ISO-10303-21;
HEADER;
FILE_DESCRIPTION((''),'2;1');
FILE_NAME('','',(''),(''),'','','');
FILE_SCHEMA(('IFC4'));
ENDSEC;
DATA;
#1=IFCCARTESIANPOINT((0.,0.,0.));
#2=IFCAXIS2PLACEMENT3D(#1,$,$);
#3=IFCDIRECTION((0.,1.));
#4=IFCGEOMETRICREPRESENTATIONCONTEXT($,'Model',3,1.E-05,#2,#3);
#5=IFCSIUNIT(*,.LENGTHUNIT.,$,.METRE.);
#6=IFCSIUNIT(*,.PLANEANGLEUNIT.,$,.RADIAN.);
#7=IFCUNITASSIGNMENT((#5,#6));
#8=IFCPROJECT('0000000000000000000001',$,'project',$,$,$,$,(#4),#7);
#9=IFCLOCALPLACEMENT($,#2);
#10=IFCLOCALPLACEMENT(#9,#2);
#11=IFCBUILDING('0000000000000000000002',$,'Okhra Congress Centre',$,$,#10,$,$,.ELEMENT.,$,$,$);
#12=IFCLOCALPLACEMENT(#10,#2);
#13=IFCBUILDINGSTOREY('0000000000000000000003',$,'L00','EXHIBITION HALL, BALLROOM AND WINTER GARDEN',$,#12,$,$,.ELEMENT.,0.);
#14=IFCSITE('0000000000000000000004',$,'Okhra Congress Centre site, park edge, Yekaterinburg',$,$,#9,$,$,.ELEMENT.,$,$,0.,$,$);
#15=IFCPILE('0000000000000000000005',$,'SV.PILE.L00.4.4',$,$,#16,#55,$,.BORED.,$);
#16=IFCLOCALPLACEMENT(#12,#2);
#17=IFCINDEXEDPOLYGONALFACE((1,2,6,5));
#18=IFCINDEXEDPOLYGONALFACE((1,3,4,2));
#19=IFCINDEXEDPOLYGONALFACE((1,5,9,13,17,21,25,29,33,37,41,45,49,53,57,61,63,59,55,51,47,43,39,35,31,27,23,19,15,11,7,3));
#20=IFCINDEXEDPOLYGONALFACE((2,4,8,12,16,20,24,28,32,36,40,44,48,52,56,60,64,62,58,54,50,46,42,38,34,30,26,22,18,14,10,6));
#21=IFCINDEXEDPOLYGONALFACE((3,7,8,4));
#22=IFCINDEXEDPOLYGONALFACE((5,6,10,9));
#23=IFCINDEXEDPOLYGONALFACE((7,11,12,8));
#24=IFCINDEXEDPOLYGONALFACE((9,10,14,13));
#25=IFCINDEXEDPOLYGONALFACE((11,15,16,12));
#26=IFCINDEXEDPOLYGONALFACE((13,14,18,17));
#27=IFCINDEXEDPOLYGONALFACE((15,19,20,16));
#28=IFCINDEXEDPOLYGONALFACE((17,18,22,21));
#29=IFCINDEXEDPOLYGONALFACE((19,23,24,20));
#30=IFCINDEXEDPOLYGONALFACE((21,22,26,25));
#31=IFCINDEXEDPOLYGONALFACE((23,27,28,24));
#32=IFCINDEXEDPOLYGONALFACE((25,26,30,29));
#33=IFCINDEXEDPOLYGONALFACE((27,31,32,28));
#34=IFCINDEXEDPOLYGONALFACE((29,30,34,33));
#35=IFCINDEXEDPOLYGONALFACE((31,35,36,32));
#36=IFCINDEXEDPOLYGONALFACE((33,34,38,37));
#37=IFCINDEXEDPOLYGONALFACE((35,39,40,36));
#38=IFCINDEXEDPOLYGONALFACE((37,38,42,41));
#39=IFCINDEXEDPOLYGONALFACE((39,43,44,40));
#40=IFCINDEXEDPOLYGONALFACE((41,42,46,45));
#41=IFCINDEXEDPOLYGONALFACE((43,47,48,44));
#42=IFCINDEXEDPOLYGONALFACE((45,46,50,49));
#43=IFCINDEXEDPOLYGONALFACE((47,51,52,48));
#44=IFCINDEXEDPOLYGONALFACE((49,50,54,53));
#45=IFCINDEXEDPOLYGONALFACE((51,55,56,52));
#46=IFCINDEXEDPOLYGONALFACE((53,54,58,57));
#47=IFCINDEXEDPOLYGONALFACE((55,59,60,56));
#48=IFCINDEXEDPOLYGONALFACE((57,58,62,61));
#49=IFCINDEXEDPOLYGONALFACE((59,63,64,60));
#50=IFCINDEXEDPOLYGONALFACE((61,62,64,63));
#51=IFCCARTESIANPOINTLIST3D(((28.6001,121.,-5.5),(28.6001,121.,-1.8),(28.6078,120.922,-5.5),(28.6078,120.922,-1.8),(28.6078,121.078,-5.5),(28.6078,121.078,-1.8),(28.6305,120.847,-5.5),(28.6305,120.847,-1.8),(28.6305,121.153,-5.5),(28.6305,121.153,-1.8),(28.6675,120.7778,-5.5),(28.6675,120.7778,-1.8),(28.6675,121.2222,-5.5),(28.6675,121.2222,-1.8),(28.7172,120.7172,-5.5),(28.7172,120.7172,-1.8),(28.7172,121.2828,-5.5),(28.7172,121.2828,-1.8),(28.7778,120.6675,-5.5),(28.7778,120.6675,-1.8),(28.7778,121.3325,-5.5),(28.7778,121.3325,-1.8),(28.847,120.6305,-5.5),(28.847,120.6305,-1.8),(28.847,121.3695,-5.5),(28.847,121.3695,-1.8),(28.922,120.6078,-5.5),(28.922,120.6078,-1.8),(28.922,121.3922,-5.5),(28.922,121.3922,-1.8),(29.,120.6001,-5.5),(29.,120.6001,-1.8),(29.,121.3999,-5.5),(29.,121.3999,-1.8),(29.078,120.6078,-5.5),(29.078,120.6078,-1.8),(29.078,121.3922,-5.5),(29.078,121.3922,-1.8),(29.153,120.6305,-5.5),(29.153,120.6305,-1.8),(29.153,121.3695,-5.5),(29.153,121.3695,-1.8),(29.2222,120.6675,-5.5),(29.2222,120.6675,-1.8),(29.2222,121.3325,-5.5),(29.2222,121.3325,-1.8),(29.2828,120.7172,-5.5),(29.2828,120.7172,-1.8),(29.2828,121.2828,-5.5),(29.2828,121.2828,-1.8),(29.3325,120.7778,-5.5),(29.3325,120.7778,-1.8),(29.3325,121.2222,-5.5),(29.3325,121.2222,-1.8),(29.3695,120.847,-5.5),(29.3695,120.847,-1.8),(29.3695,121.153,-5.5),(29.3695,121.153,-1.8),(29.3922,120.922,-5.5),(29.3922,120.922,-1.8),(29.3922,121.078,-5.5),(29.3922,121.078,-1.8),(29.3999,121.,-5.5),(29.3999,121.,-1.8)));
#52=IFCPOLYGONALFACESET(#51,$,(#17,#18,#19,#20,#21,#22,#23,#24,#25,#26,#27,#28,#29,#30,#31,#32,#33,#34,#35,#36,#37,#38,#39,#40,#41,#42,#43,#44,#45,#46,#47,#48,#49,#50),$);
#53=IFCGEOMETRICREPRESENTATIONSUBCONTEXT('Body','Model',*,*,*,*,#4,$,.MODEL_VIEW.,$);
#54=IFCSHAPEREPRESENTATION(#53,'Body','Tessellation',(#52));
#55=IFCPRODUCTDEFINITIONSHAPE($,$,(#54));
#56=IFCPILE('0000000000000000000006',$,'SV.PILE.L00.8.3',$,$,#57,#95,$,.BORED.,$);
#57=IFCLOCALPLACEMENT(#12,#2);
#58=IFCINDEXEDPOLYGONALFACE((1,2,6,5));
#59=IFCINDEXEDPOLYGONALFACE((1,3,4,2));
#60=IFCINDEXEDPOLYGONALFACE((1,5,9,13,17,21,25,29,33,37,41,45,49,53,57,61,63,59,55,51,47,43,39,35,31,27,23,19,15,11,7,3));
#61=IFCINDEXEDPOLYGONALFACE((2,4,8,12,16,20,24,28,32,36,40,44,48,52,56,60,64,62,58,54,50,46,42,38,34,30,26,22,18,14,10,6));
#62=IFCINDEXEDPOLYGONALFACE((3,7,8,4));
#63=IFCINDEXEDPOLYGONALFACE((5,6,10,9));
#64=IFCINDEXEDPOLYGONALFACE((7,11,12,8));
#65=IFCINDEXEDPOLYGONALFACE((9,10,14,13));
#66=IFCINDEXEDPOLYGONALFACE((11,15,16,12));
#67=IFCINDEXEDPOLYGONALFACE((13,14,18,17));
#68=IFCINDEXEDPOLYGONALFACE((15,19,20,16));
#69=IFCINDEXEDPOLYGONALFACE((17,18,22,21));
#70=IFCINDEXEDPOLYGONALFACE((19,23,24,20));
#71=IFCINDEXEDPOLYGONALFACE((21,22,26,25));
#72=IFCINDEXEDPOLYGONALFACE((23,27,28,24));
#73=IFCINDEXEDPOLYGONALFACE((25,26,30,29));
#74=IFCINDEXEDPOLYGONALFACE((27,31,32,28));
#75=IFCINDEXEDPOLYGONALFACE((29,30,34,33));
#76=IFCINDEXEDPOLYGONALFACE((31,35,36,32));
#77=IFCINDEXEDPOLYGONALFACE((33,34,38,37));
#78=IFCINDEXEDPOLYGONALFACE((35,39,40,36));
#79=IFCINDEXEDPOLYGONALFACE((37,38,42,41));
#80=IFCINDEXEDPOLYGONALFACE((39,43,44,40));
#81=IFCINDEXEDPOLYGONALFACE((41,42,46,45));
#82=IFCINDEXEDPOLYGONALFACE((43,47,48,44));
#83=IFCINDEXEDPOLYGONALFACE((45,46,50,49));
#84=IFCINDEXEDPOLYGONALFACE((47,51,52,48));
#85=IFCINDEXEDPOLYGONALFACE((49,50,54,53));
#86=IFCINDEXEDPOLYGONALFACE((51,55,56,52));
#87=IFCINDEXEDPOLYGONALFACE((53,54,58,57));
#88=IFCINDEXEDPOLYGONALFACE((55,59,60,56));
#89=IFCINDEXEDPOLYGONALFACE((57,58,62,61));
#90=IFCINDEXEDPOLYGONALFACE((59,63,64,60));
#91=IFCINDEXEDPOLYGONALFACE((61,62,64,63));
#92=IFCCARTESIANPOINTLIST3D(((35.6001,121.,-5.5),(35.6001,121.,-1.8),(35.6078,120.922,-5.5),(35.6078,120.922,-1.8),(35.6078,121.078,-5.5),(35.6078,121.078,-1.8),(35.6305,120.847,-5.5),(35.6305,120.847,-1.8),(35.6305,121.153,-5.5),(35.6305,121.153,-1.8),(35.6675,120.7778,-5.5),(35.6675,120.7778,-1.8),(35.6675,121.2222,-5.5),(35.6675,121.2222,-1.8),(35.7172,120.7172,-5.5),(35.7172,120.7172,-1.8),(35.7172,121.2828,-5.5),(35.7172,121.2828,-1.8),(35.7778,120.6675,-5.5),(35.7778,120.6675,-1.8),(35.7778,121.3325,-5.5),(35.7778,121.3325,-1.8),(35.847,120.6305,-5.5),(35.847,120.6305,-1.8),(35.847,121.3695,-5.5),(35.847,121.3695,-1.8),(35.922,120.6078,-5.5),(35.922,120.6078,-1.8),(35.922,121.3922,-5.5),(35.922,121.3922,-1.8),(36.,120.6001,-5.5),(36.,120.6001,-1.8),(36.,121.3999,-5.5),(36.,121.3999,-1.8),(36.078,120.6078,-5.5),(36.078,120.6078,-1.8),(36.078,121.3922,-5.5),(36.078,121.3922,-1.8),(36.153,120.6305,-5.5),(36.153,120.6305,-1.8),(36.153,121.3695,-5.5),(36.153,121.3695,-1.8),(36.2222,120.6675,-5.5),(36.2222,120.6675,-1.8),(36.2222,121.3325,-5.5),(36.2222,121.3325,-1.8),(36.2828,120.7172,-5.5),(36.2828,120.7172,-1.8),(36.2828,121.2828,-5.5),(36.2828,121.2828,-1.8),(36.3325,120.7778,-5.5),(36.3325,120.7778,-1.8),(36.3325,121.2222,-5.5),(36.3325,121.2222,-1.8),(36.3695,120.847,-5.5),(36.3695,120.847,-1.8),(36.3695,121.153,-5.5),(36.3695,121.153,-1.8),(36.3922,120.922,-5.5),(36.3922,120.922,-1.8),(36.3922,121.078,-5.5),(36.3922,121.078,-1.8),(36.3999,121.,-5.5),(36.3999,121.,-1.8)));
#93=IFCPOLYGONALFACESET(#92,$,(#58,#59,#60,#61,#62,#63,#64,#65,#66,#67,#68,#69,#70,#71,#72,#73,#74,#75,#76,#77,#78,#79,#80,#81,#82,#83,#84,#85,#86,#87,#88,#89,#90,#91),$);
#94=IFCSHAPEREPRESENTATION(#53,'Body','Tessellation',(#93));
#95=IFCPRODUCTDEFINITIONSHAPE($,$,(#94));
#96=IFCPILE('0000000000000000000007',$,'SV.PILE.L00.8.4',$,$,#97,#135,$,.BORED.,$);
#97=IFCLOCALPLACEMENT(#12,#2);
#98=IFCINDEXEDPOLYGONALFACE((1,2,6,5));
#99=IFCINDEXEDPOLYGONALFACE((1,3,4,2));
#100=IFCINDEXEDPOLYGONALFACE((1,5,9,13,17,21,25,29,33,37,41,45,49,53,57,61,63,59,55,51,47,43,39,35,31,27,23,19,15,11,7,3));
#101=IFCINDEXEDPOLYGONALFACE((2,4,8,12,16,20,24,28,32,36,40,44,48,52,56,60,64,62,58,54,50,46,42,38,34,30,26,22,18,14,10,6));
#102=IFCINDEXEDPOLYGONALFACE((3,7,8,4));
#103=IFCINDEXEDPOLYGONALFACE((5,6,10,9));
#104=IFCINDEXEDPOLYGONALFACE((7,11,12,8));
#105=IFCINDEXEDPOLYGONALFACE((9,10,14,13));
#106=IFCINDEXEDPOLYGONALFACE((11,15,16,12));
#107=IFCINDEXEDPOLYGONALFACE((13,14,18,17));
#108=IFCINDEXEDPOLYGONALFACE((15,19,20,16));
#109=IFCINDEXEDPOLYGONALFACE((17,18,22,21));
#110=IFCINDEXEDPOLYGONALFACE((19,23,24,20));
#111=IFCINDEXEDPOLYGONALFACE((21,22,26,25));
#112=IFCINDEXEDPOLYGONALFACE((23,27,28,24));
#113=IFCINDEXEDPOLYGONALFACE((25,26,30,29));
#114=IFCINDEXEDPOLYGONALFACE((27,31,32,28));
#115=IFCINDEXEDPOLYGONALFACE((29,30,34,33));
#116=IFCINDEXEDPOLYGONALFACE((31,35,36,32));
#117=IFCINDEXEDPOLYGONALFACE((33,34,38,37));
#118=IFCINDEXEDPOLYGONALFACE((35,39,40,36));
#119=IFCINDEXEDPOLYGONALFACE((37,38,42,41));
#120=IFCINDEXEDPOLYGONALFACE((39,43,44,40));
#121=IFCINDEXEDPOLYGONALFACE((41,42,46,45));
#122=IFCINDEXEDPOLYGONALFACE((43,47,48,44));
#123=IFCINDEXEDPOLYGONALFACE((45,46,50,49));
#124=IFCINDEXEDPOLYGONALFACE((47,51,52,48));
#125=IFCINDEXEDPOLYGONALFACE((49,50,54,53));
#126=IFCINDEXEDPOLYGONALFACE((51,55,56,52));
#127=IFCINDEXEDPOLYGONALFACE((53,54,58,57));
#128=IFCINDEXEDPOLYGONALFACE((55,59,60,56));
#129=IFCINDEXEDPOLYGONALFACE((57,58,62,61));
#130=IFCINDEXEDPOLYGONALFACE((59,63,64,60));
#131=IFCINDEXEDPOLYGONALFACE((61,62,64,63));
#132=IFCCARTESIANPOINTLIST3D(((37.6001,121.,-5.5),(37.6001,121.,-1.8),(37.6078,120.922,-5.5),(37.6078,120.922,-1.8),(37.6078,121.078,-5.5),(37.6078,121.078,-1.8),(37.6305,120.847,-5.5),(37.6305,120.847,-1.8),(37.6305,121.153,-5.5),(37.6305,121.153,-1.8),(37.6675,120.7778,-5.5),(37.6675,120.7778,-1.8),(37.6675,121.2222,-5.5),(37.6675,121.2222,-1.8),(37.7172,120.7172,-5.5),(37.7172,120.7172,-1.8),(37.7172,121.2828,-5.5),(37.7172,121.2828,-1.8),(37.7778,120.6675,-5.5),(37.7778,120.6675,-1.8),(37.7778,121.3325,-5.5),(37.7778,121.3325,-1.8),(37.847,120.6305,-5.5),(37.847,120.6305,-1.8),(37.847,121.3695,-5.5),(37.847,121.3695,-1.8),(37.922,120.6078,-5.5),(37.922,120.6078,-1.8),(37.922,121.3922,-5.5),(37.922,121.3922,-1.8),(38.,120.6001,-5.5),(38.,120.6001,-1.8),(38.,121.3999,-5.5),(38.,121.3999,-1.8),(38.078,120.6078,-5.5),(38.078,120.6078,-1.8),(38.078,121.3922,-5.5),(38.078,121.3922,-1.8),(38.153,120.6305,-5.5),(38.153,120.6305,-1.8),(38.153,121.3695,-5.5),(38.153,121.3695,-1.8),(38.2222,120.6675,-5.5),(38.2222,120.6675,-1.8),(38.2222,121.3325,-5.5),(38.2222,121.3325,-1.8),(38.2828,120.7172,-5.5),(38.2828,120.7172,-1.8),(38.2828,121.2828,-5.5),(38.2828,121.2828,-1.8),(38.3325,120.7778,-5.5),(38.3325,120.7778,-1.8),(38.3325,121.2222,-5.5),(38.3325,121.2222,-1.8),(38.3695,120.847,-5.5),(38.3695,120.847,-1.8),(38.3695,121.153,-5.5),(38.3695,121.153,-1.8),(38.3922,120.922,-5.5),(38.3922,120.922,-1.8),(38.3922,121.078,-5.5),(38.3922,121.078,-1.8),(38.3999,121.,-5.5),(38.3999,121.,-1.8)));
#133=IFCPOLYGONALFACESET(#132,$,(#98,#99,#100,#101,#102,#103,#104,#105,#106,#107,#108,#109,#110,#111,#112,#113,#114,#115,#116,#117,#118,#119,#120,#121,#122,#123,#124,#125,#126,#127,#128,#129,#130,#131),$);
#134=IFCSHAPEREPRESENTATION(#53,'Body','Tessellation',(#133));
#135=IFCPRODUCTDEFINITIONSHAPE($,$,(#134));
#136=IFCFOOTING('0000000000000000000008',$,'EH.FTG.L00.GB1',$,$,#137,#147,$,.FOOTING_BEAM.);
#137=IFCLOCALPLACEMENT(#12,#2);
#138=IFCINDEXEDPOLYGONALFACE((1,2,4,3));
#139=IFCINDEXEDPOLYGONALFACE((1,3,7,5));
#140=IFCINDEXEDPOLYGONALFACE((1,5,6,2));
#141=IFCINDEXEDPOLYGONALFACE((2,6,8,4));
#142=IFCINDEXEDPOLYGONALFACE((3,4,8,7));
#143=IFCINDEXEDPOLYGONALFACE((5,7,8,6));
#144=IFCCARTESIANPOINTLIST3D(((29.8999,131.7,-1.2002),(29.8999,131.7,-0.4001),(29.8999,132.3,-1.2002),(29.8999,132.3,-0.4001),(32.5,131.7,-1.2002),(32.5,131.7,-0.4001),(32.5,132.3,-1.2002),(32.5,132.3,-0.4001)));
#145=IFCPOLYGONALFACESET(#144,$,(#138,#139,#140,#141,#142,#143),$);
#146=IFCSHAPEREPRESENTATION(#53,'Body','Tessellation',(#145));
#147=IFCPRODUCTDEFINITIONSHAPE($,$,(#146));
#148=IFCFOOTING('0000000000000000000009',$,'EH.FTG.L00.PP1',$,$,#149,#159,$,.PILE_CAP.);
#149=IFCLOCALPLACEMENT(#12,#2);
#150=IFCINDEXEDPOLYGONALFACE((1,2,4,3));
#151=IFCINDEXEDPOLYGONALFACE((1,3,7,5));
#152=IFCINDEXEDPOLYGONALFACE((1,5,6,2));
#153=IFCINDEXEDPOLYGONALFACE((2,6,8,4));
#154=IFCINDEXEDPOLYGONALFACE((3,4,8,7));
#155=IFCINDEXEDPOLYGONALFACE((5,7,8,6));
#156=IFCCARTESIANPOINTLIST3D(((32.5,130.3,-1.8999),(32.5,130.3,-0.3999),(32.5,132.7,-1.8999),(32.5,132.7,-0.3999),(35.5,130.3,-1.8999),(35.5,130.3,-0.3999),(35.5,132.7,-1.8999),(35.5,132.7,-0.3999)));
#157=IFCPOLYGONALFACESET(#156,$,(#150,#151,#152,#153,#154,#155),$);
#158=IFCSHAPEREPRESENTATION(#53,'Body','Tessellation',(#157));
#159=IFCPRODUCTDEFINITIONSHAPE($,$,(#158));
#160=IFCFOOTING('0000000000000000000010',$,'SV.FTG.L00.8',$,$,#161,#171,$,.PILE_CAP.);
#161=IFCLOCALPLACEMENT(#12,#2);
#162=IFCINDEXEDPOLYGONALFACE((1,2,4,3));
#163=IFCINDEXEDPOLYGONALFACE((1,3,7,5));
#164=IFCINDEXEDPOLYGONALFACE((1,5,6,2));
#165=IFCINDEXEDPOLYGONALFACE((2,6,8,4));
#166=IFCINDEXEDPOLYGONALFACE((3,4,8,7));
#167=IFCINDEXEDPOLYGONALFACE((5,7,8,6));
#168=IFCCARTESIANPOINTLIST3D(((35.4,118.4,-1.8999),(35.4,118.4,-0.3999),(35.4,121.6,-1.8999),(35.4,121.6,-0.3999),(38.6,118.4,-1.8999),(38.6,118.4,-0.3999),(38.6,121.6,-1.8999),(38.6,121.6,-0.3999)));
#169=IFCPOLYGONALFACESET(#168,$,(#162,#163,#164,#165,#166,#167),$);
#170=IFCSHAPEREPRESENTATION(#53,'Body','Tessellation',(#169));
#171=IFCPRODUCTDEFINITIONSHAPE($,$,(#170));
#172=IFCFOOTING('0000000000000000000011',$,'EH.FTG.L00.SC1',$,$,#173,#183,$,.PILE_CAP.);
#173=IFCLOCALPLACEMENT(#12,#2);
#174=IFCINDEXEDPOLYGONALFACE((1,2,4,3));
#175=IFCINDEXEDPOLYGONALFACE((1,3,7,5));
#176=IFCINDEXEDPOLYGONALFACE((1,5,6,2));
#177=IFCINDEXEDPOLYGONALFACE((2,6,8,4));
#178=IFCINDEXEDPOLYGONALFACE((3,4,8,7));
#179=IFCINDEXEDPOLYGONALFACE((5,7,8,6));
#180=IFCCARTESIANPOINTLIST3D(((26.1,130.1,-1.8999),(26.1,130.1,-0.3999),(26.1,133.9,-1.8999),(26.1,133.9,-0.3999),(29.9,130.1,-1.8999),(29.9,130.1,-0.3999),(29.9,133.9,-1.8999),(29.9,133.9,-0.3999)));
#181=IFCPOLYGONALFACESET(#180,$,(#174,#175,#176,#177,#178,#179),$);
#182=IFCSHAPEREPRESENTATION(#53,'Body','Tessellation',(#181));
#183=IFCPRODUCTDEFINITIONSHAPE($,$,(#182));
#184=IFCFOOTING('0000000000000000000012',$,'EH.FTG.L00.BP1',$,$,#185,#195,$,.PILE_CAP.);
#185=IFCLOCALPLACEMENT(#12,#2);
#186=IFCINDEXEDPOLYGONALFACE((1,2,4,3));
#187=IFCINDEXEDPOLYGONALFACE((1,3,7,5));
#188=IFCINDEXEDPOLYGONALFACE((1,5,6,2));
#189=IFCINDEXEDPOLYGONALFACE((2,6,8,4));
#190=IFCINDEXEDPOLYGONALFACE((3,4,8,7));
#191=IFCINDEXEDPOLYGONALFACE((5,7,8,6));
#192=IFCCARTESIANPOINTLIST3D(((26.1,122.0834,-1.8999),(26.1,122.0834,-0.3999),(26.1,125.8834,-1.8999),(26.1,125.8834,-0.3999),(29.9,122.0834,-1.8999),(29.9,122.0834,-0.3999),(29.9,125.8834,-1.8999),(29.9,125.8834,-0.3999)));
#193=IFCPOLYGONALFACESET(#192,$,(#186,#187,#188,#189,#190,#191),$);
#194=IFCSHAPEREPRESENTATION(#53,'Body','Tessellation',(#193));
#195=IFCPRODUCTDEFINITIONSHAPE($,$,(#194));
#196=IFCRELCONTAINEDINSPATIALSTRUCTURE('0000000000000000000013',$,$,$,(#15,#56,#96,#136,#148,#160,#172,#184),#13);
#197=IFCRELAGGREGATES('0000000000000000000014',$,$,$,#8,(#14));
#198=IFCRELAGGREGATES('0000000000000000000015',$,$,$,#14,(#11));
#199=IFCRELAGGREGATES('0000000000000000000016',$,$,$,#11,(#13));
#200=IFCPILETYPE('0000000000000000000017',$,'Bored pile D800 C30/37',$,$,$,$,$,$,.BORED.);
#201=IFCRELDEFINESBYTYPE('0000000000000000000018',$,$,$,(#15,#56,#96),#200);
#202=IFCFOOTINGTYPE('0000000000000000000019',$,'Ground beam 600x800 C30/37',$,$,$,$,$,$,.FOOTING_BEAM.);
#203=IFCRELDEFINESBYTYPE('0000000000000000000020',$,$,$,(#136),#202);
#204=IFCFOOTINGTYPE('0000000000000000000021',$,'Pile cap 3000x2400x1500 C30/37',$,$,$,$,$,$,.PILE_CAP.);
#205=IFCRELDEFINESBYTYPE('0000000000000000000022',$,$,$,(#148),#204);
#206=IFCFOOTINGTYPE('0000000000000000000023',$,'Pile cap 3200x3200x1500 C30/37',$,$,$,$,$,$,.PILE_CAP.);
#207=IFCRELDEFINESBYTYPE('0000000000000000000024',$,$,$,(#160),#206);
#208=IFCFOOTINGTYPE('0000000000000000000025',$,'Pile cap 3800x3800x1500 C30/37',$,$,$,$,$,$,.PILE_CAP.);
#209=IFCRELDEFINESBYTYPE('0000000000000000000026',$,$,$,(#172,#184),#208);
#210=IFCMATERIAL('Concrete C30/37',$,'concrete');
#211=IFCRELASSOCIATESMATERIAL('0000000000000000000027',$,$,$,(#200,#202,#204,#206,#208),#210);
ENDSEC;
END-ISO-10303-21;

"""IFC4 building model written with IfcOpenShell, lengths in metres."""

from ifc_helpers import new_model, si_unit, direction, frame, origin, origin_2d, place, context, subcontext, project, spatial, rectangle, circle, extrude, material, material_profile, profile_set, type_object, element, save


model = new_model("IFC4")

# Units and contexts
model_context = context("Model", 3, precision=1e-05, world=origin(), true_north=direction((0.0, 1.0)))
body_context = subcontext(model_context, "Body", "Model", "MODEL_VIEW")
ifc_project = project(units=[si_unit("LENGTHUNIT", "METRE"), si_unit("PLANEANGLEUNIT", "RADIAN")], contexts=[model_context])

# Site, building, storey
site_placement = place(None, origin())
site = spatial("IfcSite", under=ifc_project, at=site_placement, Name="Okhra Congress Centre site, park edge, Yekaterinburg", CompositionType="ELEMENT", RefElevation=0.0)
building_placement = place(site_placement, origin())
building = spatial("IfcBuilding", under=site, at=building_placement, Name="Okhra Congress Centre", CompositionType="ELEMENT")
storey_placement = place(building_placement, origin())
storey = spatial("IfcBuildingStorey", under=building, at=storey_placement, Name="L00", Description="EXHIBITION HALL, BALLROOM AND WINTER GARDEN", CompositionType="ELEMENT", Elevation=0.0)

# Piles
ifc_material_1 = material(Name="Concrete C30/37", Category="concrete")
ifc_material_profile_1 = material_profile(ifc_material_1, circle(Radius=0.3999, at=origin_2d()), Name="D800")
ifc_profile_set_1 = profile_set([ifc_material_profile_1], Name="Concrete C30/37")
pile_type_1 = type_object("IfcPileType", Name="Bored pile D800 C30/37", PredefinedType="BORED", material=ifc_profile_set_1)
for number, where, z_axis, x_axis, name in (
    (1, (29.0, 121.0, -1.8), (0.0, 0.0, -1.0), (1.0, 0.0, 0.0), "SV.PILE.L00.4.4"),
    (2, (36.0, 121.0, -1.8), (0.0, 0.0, -1.0), (1.0, 0.0, 0.0), "SV.PILE.L00.8.3"),
    (3, (38.0, 121.0, -1.8), (0.0, 0.0, -1.0), (1.0, 0.0, 0.0), "SV.PILE.L00.8.4"),
):
    element("IfcPile", number, at=place(storey_placement, frame(where, z_axis=z_axis, x_axis=x_axis)), inside=storey, type_object=pile_type_1, Name=name, PredefinedType="BORED", context=body_context, shape_type="SweptSolid", body=[
        extrude(circle(Radius=0.3999, at=origin_2d()), origin(), (0.0, 0.0, 1.0), 3.7),
    ])

# Footings
footing_type_1 = type_object("IfcFootingType", Name="Ground beam 600x800 C30/37", PredefinedType="FOOTING_BEAM", material=ifc_material_1)
footing_1_placement = place(storey_placement, frame((31.2, 132.0, -1.2002), z_axis=(0.0, 0.0, 1.0), x_axis=(1.0, 0.0, 0.0)))
element("IfcFooting", 4, at=footing_1_placement, inside=storey, type_object=footing_type_1, Name="EH.FTG.L00.GB1", PredefinedType="FOOTING_BEAM", context=body_context, shape_type="SweptSolid", body=[
    extrude(rectangle(XDim=2.6001, YDim=0.6001, at=origin_2d()), origin(), (0.0, 0.0, 1.0), 0.8),
])
footing_type_2 = type_object("IfcFootingType", Name="Pile cap 3000x2400x1500 C30/37", PredefinedType="PILE_CAP", material=ifc_material_1)
footing_2_placement = place(storey_placement, frame((34.0, 131.5, -1.8999), z_axis=(0.0, 0.0, 1.0), x_axis=(1.0, 0.0, 0.0)))
element("IfcFooting", 5, at=footing_2_placement, inside=storey, type_object=footing_type_2, Name="EH.FTG.L00.PP1", PredefinedType="PILE_CAP", context=body_context, shape_type="SweptSolid", body=[
    extrude(rectangle(XDim=3.0, YDim=2.3999, at=origin_2d()), origin(), (0.0, 0.0, 1.0), 1.5),
])
footing_type_3 = type_object("IfcFootingType", Name="Pile cap 3200x3200x1500 C30/37", PredefinedType="PILE_CAP", material=ifc_material_1)
footing_3_placement = place(storey_placement, frame((37.0, 120.0, -1.8999), z_axis=(0.0, 0.0, 1.0), x_axis=(1.0, 0.0, 0.0)))
element("IfcFooting", 6, at=footing_3_placement, inside=storey, type_object=footing_type_3, Name="SV.FTG.L00.8", PredefinedType="PILE_CAP", context=body_context, shape_type="SweptSolid", body=[
    extrude(rectangle(XDim=3.2, YDim=3.2, at=origin_2d()), origin(), (0.0, 0.0, 1.0), 1.5),
])
footing_type_4 = type_object("IfcFootingType", Name="Pile cap 3800x3800x1500 C30/37", PredefinedType="PILE_CAP", material=ifc_material_1)
for number, where, z_axis, x_axis, name in (
    (7, (28.0, 132.0, -1.8999), (0.0, 0.0, 1.0), (1.0, 0.0, 0.0), "EH.FTG.L00.SC1"),
    (8, (28.0, 123.9834, -1.8999), (0.0, 0.0, 1.0), (1.0, 0.0, 0.0), "EH.FTG.L00.BP1"),
):
    element("IfcFooting", number, at=place(storey_placement, frame(where, z_axis=z_axis, x_axis=x_axis)), inside=storey, type_object=footing_type_4, Name=name, PredefinedType="PILE_CAP", context=body_context, shape_type="SweptSolid", body=[
        extrude(rectangle(XDim=3.8, YDim=3.8, at=origin_2d()), origin(), (0.0, 0.0, 1.0), 1.5),
    ])

save(model, "model.ifc")
